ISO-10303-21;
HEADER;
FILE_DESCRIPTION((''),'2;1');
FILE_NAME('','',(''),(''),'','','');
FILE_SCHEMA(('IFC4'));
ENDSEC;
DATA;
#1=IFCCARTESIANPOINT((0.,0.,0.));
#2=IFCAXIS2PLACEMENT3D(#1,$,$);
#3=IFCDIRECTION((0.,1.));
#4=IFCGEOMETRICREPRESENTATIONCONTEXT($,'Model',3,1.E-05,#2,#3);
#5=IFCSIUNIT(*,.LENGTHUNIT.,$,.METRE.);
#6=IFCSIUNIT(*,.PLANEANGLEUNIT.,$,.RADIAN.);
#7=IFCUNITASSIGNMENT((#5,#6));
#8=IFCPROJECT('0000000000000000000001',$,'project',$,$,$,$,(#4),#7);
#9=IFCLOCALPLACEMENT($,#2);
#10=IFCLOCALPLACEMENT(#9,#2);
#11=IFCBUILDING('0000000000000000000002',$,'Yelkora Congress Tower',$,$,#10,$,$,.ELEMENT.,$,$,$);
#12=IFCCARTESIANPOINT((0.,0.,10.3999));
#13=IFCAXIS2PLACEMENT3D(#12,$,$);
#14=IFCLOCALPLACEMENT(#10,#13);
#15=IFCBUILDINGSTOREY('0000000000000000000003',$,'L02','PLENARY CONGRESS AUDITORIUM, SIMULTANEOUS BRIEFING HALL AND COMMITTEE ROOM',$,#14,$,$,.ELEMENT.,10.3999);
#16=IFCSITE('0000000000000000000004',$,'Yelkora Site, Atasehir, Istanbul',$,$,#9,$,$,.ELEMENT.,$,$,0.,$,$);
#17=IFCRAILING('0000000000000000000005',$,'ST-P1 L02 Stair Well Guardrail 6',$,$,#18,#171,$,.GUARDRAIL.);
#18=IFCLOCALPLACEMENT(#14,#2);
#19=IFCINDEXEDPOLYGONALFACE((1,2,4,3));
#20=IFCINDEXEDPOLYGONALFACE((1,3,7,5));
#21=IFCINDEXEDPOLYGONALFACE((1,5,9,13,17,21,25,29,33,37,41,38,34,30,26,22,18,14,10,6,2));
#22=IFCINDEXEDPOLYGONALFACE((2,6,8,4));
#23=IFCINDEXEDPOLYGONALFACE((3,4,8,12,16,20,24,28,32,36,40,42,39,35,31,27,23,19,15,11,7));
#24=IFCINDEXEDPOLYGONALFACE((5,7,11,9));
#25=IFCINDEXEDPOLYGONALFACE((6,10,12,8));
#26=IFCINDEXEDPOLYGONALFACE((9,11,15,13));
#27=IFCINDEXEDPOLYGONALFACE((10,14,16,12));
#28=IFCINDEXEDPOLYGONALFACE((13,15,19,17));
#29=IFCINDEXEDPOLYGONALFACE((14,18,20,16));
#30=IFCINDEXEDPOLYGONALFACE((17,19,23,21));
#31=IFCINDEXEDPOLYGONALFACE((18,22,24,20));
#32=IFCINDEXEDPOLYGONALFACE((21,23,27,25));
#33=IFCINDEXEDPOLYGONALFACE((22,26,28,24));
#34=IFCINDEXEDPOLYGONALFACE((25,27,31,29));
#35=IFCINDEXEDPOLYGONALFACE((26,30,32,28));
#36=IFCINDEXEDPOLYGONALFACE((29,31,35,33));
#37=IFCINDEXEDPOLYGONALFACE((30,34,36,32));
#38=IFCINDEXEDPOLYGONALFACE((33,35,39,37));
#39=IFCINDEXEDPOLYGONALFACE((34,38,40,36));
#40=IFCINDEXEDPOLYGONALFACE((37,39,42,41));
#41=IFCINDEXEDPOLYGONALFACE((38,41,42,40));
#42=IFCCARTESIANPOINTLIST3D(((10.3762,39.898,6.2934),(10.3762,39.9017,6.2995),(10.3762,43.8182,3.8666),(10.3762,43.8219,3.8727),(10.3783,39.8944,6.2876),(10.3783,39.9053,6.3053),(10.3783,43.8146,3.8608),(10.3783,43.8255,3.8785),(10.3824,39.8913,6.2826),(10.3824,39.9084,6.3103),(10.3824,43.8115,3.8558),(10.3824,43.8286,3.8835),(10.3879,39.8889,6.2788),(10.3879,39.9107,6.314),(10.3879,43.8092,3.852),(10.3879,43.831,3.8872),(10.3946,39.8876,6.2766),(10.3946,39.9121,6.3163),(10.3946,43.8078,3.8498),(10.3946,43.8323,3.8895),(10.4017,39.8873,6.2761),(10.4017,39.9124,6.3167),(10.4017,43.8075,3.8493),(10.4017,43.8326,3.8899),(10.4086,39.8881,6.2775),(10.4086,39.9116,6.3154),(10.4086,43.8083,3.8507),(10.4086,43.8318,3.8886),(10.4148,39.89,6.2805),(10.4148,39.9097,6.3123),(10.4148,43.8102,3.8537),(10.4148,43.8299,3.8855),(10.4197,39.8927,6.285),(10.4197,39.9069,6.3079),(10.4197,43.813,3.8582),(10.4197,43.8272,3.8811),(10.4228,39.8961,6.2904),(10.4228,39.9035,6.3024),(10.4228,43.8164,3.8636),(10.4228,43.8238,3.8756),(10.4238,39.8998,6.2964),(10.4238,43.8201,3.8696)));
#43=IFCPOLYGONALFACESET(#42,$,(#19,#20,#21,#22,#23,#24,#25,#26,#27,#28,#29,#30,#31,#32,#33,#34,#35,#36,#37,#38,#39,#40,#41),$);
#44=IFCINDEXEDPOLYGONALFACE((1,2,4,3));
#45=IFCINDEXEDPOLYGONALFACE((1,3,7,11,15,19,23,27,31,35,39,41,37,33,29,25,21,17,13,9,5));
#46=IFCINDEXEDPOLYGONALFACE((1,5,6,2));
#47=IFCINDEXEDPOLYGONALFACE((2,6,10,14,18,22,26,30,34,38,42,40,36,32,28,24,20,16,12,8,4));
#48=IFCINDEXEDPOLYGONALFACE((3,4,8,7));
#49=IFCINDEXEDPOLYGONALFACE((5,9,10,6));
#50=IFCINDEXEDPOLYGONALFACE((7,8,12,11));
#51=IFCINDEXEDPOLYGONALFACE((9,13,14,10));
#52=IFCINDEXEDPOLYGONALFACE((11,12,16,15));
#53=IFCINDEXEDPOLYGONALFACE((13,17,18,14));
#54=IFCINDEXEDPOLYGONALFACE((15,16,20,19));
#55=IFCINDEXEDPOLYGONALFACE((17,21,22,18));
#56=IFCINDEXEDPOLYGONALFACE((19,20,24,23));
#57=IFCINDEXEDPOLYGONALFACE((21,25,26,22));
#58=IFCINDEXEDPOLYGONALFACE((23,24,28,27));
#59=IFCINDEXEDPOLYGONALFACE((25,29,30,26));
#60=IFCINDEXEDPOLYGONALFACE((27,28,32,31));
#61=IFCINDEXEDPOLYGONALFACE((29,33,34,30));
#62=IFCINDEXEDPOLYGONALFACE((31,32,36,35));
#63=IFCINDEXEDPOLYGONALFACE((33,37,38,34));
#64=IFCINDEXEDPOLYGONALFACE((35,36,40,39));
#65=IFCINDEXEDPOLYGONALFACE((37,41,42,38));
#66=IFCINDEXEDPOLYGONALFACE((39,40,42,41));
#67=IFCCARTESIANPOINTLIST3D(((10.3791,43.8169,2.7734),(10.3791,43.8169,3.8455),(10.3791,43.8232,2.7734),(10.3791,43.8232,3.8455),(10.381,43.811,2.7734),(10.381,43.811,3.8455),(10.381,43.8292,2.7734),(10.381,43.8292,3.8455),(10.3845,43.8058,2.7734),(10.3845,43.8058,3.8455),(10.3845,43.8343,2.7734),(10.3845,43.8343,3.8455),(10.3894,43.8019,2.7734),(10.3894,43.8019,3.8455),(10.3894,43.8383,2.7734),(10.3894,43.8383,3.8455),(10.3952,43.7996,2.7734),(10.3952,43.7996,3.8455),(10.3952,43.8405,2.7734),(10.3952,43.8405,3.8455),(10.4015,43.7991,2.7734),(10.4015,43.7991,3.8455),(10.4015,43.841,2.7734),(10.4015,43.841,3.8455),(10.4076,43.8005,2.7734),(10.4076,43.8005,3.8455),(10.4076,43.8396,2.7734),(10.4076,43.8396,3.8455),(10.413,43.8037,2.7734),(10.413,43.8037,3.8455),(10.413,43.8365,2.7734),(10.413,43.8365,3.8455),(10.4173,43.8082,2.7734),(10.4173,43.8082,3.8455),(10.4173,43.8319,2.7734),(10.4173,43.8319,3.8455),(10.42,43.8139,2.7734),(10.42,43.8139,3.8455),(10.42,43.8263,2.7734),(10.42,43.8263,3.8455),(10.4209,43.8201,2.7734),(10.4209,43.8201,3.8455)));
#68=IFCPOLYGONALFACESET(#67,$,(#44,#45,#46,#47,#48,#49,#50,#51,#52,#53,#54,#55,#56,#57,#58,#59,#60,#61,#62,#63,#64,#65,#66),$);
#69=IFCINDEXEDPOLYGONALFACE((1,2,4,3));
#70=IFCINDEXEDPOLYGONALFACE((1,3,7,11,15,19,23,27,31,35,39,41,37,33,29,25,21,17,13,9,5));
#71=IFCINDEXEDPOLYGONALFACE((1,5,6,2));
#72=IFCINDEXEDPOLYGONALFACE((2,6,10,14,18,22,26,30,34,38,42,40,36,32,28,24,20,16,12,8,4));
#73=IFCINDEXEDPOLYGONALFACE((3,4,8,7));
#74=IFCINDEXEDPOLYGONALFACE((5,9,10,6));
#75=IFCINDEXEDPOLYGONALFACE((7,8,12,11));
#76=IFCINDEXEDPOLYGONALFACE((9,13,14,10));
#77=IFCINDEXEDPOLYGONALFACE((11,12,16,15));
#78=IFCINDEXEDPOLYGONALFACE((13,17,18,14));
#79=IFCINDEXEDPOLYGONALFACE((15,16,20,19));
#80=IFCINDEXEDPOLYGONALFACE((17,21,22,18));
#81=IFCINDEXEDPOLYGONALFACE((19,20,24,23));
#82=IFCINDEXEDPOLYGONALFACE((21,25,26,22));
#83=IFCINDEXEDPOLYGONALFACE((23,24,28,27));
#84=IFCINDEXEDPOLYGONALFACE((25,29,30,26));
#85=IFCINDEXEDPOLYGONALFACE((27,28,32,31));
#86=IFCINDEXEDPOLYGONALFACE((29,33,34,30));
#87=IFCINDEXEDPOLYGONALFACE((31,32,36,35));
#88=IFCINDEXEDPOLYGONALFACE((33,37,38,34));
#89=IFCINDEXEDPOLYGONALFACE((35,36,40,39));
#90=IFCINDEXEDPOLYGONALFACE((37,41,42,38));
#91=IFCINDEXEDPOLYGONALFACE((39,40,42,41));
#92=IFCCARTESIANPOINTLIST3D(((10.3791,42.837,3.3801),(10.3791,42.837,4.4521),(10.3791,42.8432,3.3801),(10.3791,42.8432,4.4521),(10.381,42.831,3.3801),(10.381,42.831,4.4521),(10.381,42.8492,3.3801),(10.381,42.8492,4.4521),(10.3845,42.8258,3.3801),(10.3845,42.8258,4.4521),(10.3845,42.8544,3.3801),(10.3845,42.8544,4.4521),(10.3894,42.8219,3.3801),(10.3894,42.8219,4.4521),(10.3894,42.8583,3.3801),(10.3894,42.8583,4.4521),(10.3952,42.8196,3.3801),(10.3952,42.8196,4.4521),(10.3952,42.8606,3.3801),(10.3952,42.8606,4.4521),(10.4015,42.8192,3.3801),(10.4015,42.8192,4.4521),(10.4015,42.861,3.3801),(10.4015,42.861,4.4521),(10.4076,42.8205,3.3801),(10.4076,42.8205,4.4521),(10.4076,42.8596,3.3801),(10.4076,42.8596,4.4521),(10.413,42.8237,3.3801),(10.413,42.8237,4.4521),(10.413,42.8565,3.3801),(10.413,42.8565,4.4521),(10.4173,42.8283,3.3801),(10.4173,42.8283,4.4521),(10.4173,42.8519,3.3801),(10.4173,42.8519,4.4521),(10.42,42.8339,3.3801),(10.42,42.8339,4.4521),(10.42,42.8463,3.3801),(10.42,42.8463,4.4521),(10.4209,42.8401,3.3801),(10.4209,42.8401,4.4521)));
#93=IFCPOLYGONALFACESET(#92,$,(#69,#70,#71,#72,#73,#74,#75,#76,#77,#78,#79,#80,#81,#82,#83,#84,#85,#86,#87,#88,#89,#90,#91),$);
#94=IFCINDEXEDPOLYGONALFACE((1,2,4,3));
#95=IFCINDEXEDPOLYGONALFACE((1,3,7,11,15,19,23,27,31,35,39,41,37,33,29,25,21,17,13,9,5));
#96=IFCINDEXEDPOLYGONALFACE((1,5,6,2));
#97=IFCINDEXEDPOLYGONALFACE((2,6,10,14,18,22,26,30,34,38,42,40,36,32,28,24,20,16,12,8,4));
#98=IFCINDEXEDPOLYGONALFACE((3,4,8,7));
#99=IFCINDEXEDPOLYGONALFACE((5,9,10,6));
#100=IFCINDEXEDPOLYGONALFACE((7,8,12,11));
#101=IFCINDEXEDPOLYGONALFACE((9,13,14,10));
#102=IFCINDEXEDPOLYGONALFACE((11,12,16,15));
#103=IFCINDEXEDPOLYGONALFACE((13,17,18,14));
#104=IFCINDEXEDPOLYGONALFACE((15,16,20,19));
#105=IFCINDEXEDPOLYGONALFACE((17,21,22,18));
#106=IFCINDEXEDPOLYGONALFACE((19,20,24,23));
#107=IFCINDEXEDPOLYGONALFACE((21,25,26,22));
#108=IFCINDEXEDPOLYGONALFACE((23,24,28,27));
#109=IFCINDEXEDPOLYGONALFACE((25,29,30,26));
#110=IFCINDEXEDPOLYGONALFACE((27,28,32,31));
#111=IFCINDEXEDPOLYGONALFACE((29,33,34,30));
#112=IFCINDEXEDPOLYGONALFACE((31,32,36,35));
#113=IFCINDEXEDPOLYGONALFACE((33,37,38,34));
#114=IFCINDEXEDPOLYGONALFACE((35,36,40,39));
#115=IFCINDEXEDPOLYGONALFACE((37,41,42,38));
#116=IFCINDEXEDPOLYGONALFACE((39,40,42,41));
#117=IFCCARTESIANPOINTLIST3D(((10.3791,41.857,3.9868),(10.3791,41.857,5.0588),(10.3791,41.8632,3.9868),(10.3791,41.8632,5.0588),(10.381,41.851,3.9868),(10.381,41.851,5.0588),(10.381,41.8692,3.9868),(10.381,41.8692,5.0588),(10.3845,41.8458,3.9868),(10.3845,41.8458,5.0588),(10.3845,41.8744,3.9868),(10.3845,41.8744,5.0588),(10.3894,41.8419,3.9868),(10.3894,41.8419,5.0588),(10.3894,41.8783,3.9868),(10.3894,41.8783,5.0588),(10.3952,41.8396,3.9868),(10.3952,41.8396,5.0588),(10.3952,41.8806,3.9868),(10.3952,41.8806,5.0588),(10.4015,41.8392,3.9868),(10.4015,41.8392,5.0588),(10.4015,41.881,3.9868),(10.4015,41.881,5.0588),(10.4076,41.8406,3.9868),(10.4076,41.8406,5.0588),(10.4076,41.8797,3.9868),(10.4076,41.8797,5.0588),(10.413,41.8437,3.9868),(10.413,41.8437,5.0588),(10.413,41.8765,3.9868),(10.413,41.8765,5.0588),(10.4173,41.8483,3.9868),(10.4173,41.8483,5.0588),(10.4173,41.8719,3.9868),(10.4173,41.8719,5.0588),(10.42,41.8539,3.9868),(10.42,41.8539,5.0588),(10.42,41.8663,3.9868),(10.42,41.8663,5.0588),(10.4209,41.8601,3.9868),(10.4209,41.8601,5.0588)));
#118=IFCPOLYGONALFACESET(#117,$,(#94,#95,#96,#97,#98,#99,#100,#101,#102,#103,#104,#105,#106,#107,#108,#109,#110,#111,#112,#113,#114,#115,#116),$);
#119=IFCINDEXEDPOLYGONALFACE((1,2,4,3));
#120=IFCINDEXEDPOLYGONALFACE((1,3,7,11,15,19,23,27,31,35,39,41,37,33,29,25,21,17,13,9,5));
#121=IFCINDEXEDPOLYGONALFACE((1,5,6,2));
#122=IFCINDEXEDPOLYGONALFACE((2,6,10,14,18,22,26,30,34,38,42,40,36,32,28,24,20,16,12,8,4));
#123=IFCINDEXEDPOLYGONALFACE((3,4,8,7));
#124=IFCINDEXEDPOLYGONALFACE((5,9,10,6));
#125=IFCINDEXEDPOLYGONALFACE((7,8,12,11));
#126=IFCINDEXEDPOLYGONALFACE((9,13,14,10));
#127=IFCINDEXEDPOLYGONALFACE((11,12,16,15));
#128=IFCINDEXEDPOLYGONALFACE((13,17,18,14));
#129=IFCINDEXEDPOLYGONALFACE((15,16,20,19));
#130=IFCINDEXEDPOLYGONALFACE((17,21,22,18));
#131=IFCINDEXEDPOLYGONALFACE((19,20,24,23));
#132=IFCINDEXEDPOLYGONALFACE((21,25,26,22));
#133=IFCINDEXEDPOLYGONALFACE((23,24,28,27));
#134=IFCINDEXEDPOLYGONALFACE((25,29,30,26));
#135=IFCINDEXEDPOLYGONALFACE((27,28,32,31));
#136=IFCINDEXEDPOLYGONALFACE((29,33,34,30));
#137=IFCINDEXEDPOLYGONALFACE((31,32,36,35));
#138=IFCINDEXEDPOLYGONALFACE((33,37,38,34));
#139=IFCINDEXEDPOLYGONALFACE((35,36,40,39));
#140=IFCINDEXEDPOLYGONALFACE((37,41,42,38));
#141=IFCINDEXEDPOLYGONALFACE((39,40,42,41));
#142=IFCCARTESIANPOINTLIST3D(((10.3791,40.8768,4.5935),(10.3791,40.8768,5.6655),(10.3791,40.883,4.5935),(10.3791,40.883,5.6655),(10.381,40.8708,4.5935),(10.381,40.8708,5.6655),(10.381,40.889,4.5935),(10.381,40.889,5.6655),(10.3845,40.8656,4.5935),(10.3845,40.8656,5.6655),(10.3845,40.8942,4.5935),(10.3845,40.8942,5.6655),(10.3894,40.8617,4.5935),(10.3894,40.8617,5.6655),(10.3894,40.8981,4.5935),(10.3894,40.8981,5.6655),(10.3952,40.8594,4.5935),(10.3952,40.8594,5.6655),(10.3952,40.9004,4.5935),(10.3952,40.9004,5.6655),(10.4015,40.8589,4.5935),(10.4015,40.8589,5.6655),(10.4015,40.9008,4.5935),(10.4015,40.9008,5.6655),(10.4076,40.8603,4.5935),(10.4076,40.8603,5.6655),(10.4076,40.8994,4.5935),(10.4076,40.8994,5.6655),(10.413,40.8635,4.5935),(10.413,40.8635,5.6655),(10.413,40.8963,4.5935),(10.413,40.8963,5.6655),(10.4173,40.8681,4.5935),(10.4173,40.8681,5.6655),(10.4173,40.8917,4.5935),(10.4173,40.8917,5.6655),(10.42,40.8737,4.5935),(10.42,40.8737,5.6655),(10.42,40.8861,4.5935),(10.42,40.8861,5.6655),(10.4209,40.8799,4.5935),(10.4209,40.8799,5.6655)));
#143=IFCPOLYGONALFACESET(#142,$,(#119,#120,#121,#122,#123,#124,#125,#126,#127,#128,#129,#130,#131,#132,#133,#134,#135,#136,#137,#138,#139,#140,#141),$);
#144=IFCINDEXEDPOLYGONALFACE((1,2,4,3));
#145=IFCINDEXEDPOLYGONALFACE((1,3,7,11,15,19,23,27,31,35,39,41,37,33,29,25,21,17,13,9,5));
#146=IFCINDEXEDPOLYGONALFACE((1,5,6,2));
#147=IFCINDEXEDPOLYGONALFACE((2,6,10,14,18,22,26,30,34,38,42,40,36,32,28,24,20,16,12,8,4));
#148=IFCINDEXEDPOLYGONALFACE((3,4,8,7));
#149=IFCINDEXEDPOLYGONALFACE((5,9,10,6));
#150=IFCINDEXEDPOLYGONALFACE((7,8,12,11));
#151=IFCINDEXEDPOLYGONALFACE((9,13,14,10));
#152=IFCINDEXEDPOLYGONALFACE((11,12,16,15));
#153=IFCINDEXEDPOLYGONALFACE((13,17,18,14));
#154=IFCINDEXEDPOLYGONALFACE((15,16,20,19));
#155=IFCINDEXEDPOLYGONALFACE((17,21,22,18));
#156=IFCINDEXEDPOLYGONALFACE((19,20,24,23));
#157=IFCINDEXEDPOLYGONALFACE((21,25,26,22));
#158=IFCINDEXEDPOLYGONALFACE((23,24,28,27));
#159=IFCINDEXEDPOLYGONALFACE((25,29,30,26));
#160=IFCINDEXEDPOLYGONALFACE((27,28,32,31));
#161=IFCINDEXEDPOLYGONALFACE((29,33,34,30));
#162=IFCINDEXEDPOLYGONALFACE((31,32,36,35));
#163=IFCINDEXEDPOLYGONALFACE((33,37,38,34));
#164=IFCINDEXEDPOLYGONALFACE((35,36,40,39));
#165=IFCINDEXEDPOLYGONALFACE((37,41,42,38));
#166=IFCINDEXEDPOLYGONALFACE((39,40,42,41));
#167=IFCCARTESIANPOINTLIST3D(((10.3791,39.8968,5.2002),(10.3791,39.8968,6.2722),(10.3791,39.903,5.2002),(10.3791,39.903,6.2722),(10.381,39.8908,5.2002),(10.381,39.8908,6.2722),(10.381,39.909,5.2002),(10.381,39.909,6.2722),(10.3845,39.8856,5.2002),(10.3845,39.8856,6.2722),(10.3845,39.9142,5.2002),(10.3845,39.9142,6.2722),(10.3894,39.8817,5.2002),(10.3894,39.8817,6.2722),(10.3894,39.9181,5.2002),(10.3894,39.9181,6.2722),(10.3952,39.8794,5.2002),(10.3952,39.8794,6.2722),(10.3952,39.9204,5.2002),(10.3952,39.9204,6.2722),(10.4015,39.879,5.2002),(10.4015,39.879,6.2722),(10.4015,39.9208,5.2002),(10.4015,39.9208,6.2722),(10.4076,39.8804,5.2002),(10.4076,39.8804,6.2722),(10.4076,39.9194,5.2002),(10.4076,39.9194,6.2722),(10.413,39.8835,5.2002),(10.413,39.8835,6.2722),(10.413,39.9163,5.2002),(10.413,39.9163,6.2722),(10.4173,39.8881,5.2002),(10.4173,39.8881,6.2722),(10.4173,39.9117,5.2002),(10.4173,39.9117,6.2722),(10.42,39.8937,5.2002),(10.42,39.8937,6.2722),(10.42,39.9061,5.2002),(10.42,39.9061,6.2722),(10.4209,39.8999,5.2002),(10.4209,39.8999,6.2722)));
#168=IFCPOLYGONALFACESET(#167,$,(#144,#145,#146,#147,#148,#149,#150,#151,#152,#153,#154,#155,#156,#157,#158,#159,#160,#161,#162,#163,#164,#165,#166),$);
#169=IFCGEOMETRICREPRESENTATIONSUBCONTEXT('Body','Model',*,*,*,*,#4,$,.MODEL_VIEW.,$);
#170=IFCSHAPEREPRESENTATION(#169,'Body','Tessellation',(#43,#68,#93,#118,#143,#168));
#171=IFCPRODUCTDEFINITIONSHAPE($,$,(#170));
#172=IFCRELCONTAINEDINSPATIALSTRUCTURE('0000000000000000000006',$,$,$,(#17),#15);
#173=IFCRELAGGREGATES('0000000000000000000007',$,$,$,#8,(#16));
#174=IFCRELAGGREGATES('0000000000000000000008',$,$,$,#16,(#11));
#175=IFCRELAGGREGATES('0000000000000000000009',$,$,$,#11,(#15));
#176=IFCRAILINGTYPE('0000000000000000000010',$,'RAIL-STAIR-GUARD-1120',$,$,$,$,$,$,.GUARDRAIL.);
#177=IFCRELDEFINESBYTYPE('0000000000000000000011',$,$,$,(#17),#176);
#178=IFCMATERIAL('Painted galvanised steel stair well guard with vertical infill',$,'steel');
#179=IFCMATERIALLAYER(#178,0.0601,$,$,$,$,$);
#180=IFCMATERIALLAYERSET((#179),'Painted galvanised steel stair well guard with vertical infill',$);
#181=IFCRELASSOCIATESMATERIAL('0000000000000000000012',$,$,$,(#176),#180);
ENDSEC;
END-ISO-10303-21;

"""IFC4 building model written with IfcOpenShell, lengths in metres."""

from ifc_helpers import new_model, si_unit, direction, frame, origin, origin_2d, place, context, subcontext, project, spatial, circle, extrude, material, layer, layer_set, type_object, element, save


model = new_model("IFC4")

# Units and contexts
model_context = context("Model", 3, precision=1e-05, world=origin(), true_north=direction((0.0, 1.0)))
body_context = subcontext(model_context, "Body", "Model", "MODEL_VIEW")
ifc_project = project(units=[si_unit("LENGTHUNIT", "METRE"), si_unit("PLANEANGLEUNIT", "RADIAN")], contexts=[model_context])

# Site, building, storey
site_placement = place(None, origin())
site = spatial("IfcSite", under=ifc_project, at=site_placement, Name="Yelkora Site, Atasehir, Istanbul", CompositionType="ELEMENT", RefElevation=0.0)
building_placement = place(site_placement, origin())
building = spatial("IfcBuilding", under=site, at=building_placement, Name="Yelkora Congress Tower", CompositionType="ELEMENT")
storey_placement = place(building_placement, frame((0.0, 0.0, 10.3999)))
storey = spatial("IfcBuildingStorey", under=building, at=storey_placement, Name="L02", Description="PLENARY CONGRESS AUDITORIUM, SIMULTANEOUS BRIEFING HALL AND COMMITTEE ROOM", CompositionType="ELEMENT", Elevation=10.3999)

# Railing
ifc_material_1 = material(Name="Painted galvanised steel stair well guard with vertical infill", Category="steel")
ifc_layer_1 = layer(ifc_material_1, 0.0601)
ifc_layer_set_1 = layer_set([ifc_layer_1], Name="Painted galvanised steel stair well guard with vertical infill")
railing_type_1 = type_object("IfcRailingType", Name="RAIL-STAIR-GUARD-1120", PredefinedType="GUARDRAIL", material=ifc_layer_set_1)
railing_1_placement = place(storey_placement, frame((10.3999, 43.8201, 2.7734)))
element("IfcRailing", 1, at=railing_1_placement, inside=storey, type_object=railing_type_1, Name="ST-P1 L02 Stair Well Guardrail 6", PredefinedType="GUARDRAIL", context=body_context, shape_type="SweptSolid", body=[
    extrude(circle(Radius=0.0239, at=origin_2d()), frame((0.0, 0.0, 1.0962), z_axis=(0.0, -0.850266, 0.526353), x_axis=(1.0, 0.0, 0.0)), (0.0, 0.0, 1.0), 4.6106),
    extrude(circle(Radius=0.021, at=origin_2d()), origin(), (0.0, 0.0, 1.0), 1.072),
    extrude(circle(Radius=0.021, at=origin_2d()), frame((0.0, -0.98, 0.6067)), (0.0, 0.0, 1.0), 1.072),
    extrude(circle(Radius=0.021, at=origin_2d()), frame((0.0, -1.96, 1.2134)), (0.0, 0.0, 1.0), 1.072),
    extrude(circle(Radius=0.021, at=origin_2d()), frame((0.0, -2.9402, 1.8201)), (0.0, 0.0, 1.0), 1.072),
    extrude(circle(Radius=0.021, at=origin_2d()), frame((0.0, -3.9202, 2.4268)), (0.0, 0.0, 1.0), 1.072),
])

save(model, "model.ifc")
